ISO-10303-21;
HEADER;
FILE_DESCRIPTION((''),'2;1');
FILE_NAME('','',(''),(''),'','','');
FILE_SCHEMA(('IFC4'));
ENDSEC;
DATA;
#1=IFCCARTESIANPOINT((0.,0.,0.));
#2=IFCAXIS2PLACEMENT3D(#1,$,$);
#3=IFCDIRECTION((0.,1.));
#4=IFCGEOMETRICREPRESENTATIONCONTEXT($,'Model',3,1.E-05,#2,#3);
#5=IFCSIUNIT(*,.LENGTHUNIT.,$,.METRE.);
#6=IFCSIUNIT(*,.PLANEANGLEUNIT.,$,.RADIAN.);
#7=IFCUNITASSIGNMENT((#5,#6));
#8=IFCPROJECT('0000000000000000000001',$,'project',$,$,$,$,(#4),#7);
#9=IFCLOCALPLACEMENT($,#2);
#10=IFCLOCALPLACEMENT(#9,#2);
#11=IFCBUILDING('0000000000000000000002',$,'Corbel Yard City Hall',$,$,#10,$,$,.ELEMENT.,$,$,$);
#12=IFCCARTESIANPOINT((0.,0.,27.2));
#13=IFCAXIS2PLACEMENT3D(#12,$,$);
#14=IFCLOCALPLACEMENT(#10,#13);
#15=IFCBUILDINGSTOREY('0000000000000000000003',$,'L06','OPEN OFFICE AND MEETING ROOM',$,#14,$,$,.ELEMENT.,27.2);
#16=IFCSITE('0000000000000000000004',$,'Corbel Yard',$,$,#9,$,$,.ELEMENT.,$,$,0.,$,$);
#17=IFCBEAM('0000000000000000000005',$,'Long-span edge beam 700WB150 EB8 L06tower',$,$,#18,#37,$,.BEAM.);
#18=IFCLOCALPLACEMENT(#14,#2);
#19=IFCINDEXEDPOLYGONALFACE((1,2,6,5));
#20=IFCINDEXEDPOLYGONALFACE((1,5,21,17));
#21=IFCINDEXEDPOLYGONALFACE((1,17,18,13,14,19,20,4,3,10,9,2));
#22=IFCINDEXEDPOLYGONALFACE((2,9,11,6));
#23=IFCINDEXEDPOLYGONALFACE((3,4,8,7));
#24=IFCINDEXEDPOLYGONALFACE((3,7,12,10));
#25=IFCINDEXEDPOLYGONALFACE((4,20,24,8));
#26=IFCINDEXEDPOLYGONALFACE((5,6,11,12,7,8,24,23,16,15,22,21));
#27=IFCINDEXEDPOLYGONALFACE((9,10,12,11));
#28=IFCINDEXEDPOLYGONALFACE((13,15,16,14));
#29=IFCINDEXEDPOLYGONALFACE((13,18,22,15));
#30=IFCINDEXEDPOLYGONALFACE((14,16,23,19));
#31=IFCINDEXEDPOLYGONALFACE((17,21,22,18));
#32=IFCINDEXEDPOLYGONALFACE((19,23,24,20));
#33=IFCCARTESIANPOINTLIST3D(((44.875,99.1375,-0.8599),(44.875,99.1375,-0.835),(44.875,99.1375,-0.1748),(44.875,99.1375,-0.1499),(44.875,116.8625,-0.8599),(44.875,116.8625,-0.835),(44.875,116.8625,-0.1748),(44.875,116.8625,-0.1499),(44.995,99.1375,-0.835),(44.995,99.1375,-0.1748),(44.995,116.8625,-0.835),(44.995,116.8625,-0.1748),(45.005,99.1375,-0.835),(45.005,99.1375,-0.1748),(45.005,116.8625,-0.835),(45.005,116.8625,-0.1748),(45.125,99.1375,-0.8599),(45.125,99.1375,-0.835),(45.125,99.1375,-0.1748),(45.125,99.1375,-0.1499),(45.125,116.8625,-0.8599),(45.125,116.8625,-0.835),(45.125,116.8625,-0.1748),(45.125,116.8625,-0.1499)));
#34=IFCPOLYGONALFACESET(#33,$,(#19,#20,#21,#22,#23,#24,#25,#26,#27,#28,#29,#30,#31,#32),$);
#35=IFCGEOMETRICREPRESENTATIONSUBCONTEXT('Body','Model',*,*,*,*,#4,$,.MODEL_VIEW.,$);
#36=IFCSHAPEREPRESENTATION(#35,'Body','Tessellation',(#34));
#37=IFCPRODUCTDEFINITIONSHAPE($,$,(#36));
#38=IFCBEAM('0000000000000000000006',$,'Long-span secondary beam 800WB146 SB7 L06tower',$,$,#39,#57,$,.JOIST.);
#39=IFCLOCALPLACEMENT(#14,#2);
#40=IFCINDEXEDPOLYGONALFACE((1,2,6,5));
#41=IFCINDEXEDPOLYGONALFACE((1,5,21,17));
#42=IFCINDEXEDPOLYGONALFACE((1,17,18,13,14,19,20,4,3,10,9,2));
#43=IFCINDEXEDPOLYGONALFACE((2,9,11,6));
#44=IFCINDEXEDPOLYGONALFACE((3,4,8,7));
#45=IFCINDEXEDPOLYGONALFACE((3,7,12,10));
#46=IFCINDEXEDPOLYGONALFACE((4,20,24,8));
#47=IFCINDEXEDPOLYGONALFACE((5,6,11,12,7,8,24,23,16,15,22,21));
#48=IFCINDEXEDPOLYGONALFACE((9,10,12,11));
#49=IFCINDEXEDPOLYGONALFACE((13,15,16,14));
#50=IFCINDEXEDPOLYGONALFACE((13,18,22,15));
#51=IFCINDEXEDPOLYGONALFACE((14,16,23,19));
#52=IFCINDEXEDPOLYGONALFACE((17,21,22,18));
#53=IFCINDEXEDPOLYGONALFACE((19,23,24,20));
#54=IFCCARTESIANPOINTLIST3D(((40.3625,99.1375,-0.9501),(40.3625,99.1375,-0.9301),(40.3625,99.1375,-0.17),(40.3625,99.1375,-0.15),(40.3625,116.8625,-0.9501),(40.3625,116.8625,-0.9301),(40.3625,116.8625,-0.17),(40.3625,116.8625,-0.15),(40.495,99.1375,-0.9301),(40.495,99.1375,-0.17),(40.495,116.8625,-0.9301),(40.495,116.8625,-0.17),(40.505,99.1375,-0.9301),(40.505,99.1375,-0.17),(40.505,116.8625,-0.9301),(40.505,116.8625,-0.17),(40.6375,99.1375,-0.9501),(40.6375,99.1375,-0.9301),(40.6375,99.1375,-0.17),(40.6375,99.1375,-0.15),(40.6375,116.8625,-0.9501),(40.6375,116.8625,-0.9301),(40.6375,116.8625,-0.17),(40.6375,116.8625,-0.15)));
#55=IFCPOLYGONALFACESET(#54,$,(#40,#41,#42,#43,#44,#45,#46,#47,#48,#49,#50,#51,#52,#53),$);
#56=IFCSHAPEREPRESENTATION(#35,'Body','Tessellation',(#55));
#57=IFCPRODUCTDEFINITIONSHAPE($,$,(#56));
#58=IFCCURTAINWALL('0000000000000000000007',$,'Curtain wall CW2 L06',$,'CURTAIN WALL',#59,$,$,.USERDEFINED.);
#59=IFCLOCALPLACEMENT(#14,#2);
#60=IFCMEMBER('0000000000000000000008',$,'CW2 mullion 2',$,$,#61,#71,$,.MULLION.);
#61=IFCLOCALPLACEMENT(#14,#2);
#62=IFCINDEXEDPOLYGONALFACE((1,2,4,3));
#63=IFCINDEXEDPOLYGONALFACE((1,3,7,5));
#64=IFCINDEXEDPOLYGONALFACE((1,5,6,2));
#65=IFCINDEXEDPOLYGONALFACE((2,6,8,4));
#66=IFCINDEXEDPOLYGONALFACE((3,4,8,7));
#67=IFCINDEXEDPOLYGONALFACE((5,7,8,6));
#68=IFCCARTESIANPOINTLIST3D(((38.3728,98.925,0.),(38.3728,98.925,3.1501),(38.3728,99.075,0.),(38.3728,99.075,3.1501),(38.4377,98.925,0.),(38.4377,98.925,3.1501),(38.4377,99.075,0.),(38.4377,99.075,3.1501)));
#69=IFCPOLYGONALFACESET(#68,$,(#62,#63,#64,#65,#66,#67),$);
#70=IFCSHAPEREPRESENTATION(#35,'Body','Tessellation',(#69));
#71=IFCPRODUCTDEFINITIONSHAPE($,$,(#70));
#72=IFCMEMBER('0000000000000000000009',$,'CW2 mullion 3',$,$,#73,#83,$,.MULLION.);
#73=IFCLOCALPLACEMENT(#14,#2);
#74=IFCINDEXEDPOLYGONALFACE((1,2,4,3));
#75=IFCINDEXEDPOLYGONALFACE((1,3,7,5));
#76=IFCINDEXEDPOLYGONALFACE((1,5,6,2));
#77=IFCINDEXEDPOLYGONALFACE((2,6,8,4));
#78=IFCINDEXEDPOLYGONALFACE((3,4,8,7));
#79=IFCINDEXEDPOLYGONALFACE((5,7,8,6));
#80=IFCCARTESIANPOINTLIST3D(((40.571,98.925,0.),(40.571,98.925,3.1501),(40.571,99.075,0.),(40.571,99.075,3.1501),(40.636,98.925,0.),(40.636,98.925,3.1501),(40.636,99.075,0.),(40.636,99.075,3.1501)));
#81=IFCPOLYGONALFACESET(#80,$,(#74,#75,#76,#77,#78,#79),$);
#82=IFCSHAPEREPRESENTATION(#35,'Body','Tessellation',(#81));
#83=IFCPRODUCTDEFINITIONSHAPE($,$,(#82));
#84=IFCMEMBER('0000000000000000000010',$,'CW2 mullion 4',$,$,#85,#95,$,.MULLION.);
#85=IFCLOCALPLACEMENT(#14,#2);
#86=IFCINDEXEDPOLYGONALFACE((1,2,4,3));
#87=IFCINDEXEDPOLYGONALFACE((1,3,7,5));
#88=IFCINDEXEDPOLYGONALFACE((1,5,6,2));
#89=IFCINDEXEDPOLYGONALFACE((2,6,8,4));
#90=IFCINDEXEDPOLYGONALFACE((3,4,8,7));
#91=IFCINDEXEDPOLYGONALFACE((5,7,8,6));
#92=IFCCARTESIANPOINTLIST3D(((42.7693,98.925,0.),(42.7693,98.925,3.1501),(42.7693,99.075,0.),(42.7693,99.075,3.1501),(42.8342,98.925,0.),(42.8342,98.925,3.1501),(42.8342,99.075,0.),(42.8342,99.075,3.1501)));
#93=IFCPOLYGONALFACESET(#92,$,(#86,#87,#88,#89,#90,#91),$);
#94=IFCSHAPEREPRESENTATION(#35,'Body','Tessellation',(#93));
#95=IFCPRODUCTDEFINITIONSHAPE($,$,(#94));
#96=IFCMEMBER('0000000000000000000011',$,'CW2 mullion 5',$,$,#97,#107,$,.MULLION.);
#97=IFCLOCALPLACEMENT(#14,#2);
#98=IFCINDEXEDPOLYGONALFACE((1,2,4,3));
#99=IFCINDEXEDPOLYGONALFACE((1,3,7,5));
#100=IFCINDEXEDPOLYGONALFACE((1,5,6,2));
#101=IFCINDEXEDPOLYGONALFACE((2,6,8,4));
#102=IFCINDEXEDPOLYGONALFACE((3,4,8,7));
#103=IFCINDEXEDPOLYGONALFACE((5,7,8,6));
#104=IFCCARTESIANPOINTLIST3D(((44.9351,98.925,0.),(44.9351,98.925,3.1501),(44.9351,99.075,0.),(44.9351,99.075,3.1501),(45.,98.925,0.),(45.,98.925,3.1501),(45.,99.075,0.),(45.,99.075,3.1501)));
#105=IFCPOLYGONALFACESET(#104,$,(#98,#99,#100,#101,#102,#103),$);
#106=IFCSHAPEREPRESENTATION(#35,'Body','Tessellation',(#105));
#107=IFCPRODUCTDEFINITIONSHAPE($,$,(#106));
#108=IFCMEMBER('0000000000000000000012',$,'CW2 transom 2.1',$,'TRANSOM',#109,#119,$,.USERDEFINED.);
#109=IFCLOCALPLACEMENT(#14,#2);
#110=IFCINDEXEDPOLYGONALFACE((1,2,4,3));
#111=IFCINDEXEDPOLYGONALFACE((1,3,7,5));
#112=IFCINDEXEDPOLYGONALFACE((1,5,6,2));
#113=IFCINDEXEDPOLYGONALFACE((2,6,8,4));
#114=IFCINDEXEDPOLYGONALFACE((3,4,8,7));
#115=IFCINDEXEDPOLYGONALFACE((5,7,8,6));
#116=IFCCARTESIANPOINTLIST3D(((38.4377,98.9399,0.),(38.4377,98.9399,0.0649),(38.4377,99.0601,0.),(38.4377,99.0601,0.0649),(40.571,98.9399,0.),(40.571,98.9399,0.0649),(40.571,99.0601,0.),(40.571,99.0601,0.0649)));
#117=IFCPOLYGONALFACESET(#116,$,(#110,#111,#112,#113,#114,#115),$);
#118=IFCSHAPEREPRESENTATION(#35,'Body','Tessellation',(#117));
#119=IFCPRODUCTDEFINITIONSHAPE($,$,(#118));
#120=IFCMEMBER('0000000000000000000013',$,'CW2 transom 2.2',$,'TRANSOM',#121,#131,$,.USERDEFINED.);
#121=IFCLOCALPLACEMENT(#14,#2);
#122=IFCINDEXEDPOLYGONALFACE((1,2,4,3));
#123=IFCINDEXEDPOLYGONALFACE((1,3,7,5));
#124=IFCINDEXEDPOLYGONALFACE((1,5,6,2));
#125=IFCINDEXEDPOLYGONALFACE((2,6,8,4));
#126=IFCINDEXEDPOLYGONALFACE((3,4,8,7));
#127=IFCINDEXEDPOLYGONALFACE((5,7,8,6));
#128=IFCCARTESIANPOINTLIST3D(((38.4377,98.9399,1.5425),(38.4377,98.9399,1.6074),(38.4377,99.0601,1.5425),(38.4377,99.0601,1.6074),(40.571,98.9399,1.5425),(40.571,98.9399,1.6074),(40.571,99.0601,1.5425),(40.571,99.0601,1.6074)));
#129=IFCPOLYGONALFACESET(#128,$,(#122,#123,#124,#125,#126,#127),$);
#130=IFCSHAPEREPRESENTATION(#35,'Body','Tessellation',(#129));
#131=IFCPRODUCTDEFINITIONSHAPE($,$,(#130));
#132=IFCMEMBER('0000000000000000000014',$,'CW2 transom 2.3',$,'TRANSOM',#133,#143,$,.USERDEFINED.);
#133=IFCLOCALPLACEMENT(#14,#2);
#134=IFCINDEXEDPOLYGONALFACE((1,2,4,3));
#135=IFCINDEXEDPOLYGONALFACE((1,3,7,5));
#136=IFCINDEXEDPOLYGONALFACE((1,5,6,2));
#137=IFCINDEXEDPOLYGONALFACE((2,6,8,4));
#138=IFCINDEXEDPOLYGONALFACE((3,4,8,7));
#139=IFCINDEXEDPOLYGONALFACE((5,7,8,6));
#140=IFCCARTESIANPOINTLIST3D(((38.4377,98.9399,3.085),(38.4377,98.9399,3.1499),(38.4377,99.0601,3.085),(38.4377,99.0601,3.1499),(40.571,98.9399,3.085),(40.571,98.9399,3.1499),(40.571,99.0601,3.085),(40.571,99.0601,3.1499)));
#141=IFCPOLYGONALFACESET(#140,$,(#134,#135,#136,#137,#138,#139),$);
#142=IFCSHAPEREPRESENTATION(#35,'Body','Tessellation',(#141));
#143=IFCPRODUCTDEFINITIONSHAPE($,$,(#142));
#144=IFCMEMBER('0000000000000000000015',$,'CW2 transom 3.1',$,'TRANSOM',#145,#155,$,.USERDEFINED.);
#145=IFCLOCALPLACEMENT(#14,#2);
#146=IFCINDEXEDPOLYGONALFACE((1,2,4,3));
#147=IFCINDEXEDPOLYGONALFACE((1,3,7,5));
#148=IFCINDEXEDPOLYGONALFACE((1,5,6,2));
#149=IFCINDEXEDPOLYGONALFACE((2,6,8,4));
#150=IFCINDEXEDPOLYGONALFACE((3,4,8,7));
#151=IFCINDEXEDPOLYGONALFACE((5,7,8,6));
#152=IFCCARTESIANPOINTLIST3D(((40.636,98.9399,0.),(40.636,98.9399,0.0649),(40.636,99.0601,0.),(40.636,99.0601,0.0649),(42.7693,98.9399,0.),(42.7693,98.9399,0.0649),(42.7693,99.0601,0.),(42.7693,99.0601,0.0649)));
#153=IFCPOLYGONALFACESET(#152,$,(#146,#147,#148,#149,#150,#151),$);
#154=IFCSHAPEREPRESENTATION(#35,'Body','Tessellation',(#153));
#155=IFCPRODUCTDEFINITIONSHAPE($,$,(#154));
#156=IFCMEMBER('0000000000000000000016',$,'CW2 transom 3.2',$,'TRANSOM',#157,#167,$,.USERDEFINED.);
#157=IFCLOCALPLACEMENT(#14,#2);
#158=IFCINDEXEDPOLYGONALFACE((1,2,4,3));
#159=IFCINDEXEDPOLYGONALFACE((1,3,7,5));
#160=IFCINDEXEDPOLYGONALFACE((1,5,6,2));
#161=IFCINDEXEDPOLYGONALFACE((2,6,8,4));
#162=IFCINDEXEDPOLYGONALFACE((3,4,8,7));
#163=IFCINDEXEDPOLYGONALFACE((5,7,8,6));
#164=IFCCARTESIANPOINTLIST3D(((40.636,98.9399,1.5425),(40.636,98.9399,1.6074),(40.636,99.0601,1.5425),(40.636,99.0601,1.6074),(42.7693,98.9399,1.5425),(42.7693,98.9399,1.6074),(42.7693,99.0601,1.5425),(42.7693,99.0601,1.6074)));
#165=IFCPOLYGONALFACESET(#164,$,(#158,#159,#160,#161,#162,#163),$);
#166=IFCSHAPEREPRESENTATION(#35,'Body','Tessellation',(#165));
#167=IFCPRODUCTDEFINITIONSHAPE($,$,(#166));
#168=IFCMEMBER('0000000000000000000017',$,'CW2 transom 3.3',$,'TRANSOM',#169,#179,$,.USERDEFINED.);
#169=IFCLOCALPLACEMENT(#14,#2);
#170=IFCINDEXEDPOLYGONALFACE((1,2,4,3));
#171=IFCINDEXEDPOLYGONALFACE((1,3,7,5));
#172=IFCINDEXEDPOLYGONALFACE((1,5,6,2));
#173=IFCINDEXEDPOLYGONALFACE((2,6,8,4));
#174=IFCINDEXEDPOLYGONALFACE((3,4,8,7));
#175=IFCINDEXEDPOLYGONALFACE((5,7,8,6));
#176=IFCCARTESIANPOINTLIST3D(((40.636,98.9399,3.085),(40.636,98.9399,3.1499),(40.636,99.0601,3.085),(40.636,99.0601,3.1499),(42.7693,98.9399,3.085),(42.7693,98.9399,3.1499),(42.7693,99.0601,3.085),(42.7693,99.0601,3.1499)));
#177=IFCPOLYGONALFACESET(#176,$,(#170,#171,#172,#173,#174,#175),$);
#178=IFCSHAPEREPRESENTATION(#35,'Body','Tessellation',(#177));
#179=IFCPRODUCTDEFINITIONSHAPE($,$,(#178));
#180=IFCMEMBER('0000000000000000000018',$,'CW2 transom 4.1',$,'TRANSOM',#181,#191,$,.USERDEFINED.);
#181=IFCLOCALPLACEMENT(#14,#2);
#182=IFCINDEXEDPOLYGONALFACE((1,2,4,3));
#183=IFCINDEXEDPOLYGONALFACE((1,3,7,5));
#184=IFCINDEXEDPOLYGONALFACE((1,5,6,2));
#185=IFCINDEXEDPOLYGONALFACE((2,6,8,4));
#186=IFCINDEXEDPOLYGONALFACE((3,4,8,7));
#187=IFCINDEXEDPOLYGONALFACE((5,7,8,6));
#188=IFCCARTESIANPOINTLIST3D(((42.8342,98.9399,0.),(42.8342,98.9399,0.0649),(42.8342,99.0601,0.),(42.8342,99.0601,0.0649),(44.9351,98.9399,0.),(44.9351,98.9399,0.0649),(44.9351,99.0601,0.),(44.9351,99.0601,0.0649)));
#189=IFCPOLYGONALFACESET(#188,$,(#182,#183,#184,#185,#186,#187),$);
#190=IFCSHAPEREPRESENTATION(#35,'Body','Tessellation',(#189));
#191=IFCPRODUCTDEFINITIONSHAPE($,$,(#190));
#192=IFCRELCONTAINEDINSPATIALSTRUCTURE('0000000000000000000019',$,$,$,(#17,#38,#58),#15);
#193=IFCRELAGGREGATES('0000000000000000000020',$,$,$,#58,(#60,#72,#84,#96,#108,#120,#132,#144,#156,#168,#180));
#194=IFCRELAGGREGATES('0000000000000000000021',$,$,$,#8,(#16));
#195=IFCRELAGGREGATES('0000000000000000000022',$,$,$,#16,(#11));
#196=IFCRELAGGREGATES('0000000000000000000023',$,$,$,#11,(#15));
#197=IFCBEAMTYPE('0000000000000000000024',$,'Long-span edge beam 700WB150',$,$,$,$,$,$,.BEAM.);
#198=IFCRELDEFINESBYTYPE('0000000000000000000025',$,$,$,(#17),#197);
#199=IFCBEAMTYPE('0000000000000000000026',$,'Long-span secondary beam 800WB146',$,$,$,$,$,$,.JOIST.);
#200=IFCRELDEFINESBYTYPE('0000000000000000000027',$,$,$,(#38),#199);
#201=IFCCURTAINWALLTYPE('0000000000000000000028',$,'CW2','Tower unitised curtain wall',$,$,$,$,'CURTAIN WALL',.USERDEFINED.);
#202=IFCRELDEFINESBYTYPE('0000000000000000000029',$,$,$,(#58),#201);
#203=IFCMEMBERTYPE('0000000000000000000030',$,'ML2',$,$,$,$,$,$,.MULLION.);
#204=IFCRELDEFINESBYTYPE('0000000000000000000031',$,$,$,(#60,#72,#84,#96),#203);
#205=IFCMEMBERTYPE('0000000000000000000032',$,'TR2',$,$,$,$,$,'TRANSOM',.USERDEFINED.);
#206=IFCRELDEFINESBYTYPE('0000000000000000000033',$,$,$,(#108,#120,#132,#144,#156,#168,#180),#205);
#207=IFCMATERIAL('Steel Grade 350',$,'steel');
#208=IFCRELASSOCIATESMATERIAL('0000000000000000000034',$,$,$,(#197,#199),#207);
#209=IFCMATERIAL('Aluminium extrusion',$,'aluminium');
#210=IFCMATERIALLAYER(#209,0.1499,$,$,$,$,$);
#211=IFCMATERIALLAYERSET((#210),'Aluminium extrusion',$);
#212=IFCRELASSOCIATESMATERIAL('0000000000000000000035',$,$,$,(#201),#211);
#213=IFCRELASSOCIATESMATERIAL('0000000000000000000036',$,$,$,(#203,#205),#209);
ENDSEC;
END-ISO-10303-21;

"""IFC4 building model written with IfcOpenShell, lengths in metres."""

from ifc_helpers import new_model, si_unit, direction, frame, origin, origin_2d, place, context, subcontext, project, spatial, rectangle, i_section, extrude, material, layer, layer_set, material_profile, profile_set, type_object, element, aggregate, save


model = new_model("IFC4")

# Units and contexts
model_context = context("Model", 3, precision=1e-05, world=origin(), true_north=direction((0.0, 1.0)))
body_context = subcontext(model_context, "Body", "Model", "MODEL_VIEW")
ifc_project = project(units=[si_unit("LENGTHUNIT", "METRE"), si_unit("PLANEANGLEUNIT", "RADIAN")], contexts=[model_context])

# Site, building, storey
site_placement = place(None, origin())
site = spatial("IfcSite", under=ifc_project, at=site_placement, Name="Corbel Yard", CompositionType="ELEMENT", RefElevation=0.0)
building_placement = place(site_placement, origin())
building = spatial("IfcBuilding", under=site, at=building_placement, Name="Corbel Yard City Hall", CompositionType="ELEMENT")
storey_placement = place(building_placement, frame((0.0, 0.0, 27.2)))
storey = spatial("IfcBuildingStorey", under=building, at=storey_placement, Name="L06", Description="OPEN OFFICE AND MEETING ROOM", CompositionType="ELEMENT", Elevation=27.2)

# Beams
ifc_material_1 = material(Name="Steel Grade 350", Category="steel")
ifc_material_profile_1 = material_profile(ifc_material_1, i_section(OverallWidth=0.25, OverallDepth=0.71, WebThickness=0.01, FlangeThickness=0.0249, at=origin_2d()), Name="700WB150")
ifc_profile_set_1 = profile_set([ifc_material_profile_1], Name="Steel Grade 350")
beam_type_1 = type_object("IfcBeamType", Name="Long-span edge beam 700WB150", PredefinedType="BEAM", material=ifc_profile_set_1)
beam_1_placement = place(storey_placement, frame((45.0, 99.1375, -0.5049), z_axis=(0.0, 1.0, 0.0), x_axis=(-1.0, 0.0, 0.0)))
element("IfcBeam", 1, at=beam_1_placement, inside=storey, type_object=beam_type_1, Name="Long-span edge beam 700WB150 EB8 L06tower", PredefinedType="BEAM", context=body_context, shape_type="SweptSolid", body=[
    extrude(i_section(OverallWidth=0.25, OverallDepth=0.71, WebThickness=0.01, FlangeThickness=0.0249, at=origin_2d()), origin(), (0.0, 0.0, 1.0), 17.7251),
])
ifc_material_profile_2 = material_profile(ifc_material_1, i_section(OverallWidth=0.2749, OverallDepth=0.8, WebThickness=0.01, FlangeThickness=0.02, at=origin_2d()), Name="800WB146")
ifc_profile_set_2 = profile_set([ifc_material_profile_2], Name="Steel Grade 350")
beam_type_2 = type_object("IfcBeamType", Name="Long-span secondary beam 800WB146", PredefinedType="JOIST", material=ifc_profile_set_2)
beam_2_placement = place(storey_placement, frame((40.5, 99.1375, -0.55), z_axis=(0.0, 1.0, 0.0), x_axis=(-1.0, 0.0, 0.0)))
element("IfcBeam", 2, at=beam_2_placement, inside=storey, type_object=beam_type_2, Name="Long-span secondary beam 800WB146 SB7 L06tower", PredefinedType="JOIST", context=body_context, shape_type="SweptSolid", body=[
    extrude(i_section(OverallWidth=0.2749, OverallDepth=0.8, WebThickness=0.01, FlangeThickness=0.02, at=origin_2d()), origin(), (0.0, 0.0, 1.0), 17.7251),
])

# Curtain wall, members
ifc_material_2 = material(Name="Aluminium extrusion", Category="aluminium")
ifc_layer_1 = layer(ifc_material_2, 0.1499)
ifc_layer_set_1 = layer_set([ifc_layer_1], Name="Aluminium extrusion")
curtain_wall_type = type_object("IfcCurtainWallType", Name="CW2", Description="Tower unitised curtain wall", ElementType="CURTAIN WALL", PredefinedType="USERDEFINED", material=ifc_layer_set_1)
curtain_wall_placement = place(storey_placement, origin())
curtain_wall = element("IfcCurtainWall", 3, at=curtain_wall_placement, inside=storey, type_object=curtain_wall_type, Name="Curtain wall CW2 L06", ObjectType="CURTAIN WALL", PredefinedType="USERDEFINED")
ifc_material_profile_3 = material_profile(ifc_material_2, rectangle(XDim=0.1499, YDim=0.0649, at=origin_2d()), Name="150x65")
ifc_profile_set_3 = profile_set([ifc_material_profile_3], Name="Aluminium extrusion")
member_type_1 = type_object("IfcMemberType", Name="ML2", PredefinedType="MULLION", material=ifc_profile_set_3)
member_1_placement = place(storey_placement, frame((38.4053, 99.0, 0.0), z_axis=(0.0, 0.0, 1.0), x_axis=(0.0, 1.0, 0.0)))
member_1 = element("IfcMember", 4, at=member_1_placement, type_object=member_type_1, Name="CW2 mullion 2", PredefinedType="MULLION", context=body_context, shape_type="SweptSolid", body=[
    extrude(rectangle(XDim=0.1499, YDim=0.0649, at=origin_2d()), origin(), (0.0, 0.0, 1.0), 3.1501),
])
member_2_placement = place(storey_placement, frame((40.6035, 99.0, 0.0), z_axis=(0.0, 0.0, 1.0), x_axis=(0.0, 1.0, 0.0)))
member_2 = element("IfcMember", 5, at=member_2_placement, type_object=member_type_1, Name="CW2 mullion 3", PredefinedType="MULLION", context=body_context, shape_type="SweptSolid", body=[
    extrude(rectangle(XDim=0.1499, YDim=0.0649, at=origin_2d()), origin(), (0.0, 0.0, 1.0), 3.1501),
])
member_3_placement = place(storey_placement, frame((42.8018, 99.0, 0.0), z_axis=(0.0, 0.0, 1.0), x_axis=(0.0, 1.0, 0.0)))
member_3 = element("IfcMember", 6, at=member_3_placement, type_object=member_type_1, Name="CW2 mullion 4", PredefinedType="MULLION", context=body_context, shape_type="SweptSolid", body=[
    extrude(rectangle(XDim=0.1499, YDim=0.0649, at=origin_2d()), origin(), (0.0, 0.0, 1.0), 3.1501),
])
member_4_placement = place(storey_placement, frame((44.9675, 99.0, 0.0), z_axis=(0.0, 0.0, 1.0), x_axis=(0.0, 1.0, 0.0)))
member_4 = element("IfcMember", 7, at=member_4_placement, type_object=member_type_1, Name="CW2 mullion 5", PredefinedType="MULLION", context=body_context, shape_type="SweptSolid", body=[
    extrude(rectangle(XDim=0.1499, YDim=0.0649, at=origin_2d()), origin(), (0.0, 0.0, 1.0), 3.1501),
])
ifc_material_profile_4 = material_profile(ifc_material_2, rectangle(XDim=0.1201, YDim=0.0649, at=origin_2d()), Name="120x65")
ifc_profile_set_4 = profile_set([ifc_material_profile_4], Name="Aluminium extrusion")
member_type_2 = type_object("IfcMemberType", Name="TR2", ElementType="TRANSOM", PredefinedType="USERDEFINED", material=ifc_profile_set_4)
member_5_placement = place(storey_placement, frame((38.4377, 99.0, 0.0325), z_axis=(1.0, 0.0, 0.0), x_axis=(0.0, 1.0, 0.0)))
member_5 = element("IfcMember", 8, at=member_5_placement, type_object=member_type_2, Name="CW2 transom 2.1", ObjectType="TRANSOM", PredefinedType="USERDEFINED", context=body_context, shape_type="SweptSolid", body=[
    extrude(rectangle(XDim=0.1201, YDim=0.0649, at=origin_2d()), origin(), (0.0, 0.0, 1.0), 2.1333),
])
member_6_placement = place(storey_placement, frame((38.4377, 99.0, 1.575), z_axis=(1.0, 0.0, 0.0), x_axis=(0.0, 1.0, 0.0)))
member_6 = element("IfcMember", 9, at=member_6_placement, type_object=member_type_2, Name="CW2 transom 2.2", ObjectType="TRANSOM", PredefinedType="USERDEFINED", context=body_context, shape_type="SweptSolid", body=[
    extrude(rectangle(XDim=0.1201, YDim=0.0649, at=origin_2d()), origin(), (0.0, 0.0, 1.0), 2.1333),
])
member_7_placement = place(storey_placement, frame((38.4377, 99.0, 3.1174), z_axis=(1.0, 0.0, 0.0), x_axis=(0.0, 1.0, 0.0)))
member_7 = element("IfcMember", 10, at=member_7_placement, type_object=member_type_2, Name="CW2 transom 2.3", ObjectType="TRANSOM", PredefinedType="USERDEFINED", context=body_context, shape_type="SweptSolid", body=[
    extrude(rectangle(XDim=0.1201, YDim=0.0649, at=origin_2d()), origin(), (0.0, 0.0, 1.0), 2.1333),
])
member_8_placement = place(storey_placement, frame((40.636, 99.0, 0.0325), z_axis=(1.0, 0.0, 0.0), x_axis=(0.0, 1.0, 0.0)))
member_8 = element("IfcMember", 11, at=member_8_placement, type_object=member_type_2, Name="CW2 transom 3.1", ObjectType="TRANSOM", PredefinedType="USERDEFINED", context=body_context, shape_type="SweptSolid", body=[
    extrude(rectangle(XDim=0.1201, YDim=0.0649, at=origin_2d()), origin(), (0.0, 0.0, 1.0), 2.1333),
])
member_9_placement = place(storey_placement, frame((40.636, 99.0, 1.575), z_axis=(1.0, 0.0, 0.0), x_axis=(0.0, 1.0, 0.0)))
member_9 = element("IfcMember", 12, at=member_9_placement, type_object=member_type_2, Name="CW2 transom 3.2", ObjectType="TRANSOM", PredefinedType="USERDEFINED", context=body_context, shape_type="SweptSolid", body=[
    extrude(rectangle(XDim=0.1201, YDim=0.0649, at=origin_2d()), origin(), (0.0, 0.0, 1.0), 2.1333),
])
member_10_placement = place(storey_placement, frame((40.636, 99.0, 3.1174), z_axis=(1.0, 0.0, 0.0), x_axis=(0.0, 1.0, 0.0)))
member_10 = element("IfcMember", 13, at=member_10_placement, type_object=member_type_2, Name="CW2 transom 3.3", ObjectType="TRANSOM", PredefinedType="USERDEFINED", context=body_context, shape_type="SweptSolid", body=[
    extrude(rectangle(XDim=0.1201, YDim=0.0649, at=origin_2d()), origin(), (0.0, 0.0, 1.0), 2.1333),
])
member_11_placement = place(storey_placement, frame((42.8342, 99.0, 0.0325), z_axis=(1.0, 0.0, 0.0), x_axis=(0.0, 1.0, 0.0)))
member_11 = element("IfcMember", 14, at=member_11_placement, type_object=member_type_2, Name="CW2 transom 4.1", ObjectType="TRANSOM", PredefinedType="USERDEFINED", context=body_context, shape_type="SweptSolid", body=[
    extrude(rectangle(XDim=0.1201, YDim=0.0649, at=origin_2d()), origin(), (0.0, 0.0, 1.0), 2.1008),
])
aggregate(curtain_wall, [member_1, member_2, member_3, member_4, member_5, member_6, member_7, member_8, member_9, member_10, member_11])

save(model, "model.ifc")
